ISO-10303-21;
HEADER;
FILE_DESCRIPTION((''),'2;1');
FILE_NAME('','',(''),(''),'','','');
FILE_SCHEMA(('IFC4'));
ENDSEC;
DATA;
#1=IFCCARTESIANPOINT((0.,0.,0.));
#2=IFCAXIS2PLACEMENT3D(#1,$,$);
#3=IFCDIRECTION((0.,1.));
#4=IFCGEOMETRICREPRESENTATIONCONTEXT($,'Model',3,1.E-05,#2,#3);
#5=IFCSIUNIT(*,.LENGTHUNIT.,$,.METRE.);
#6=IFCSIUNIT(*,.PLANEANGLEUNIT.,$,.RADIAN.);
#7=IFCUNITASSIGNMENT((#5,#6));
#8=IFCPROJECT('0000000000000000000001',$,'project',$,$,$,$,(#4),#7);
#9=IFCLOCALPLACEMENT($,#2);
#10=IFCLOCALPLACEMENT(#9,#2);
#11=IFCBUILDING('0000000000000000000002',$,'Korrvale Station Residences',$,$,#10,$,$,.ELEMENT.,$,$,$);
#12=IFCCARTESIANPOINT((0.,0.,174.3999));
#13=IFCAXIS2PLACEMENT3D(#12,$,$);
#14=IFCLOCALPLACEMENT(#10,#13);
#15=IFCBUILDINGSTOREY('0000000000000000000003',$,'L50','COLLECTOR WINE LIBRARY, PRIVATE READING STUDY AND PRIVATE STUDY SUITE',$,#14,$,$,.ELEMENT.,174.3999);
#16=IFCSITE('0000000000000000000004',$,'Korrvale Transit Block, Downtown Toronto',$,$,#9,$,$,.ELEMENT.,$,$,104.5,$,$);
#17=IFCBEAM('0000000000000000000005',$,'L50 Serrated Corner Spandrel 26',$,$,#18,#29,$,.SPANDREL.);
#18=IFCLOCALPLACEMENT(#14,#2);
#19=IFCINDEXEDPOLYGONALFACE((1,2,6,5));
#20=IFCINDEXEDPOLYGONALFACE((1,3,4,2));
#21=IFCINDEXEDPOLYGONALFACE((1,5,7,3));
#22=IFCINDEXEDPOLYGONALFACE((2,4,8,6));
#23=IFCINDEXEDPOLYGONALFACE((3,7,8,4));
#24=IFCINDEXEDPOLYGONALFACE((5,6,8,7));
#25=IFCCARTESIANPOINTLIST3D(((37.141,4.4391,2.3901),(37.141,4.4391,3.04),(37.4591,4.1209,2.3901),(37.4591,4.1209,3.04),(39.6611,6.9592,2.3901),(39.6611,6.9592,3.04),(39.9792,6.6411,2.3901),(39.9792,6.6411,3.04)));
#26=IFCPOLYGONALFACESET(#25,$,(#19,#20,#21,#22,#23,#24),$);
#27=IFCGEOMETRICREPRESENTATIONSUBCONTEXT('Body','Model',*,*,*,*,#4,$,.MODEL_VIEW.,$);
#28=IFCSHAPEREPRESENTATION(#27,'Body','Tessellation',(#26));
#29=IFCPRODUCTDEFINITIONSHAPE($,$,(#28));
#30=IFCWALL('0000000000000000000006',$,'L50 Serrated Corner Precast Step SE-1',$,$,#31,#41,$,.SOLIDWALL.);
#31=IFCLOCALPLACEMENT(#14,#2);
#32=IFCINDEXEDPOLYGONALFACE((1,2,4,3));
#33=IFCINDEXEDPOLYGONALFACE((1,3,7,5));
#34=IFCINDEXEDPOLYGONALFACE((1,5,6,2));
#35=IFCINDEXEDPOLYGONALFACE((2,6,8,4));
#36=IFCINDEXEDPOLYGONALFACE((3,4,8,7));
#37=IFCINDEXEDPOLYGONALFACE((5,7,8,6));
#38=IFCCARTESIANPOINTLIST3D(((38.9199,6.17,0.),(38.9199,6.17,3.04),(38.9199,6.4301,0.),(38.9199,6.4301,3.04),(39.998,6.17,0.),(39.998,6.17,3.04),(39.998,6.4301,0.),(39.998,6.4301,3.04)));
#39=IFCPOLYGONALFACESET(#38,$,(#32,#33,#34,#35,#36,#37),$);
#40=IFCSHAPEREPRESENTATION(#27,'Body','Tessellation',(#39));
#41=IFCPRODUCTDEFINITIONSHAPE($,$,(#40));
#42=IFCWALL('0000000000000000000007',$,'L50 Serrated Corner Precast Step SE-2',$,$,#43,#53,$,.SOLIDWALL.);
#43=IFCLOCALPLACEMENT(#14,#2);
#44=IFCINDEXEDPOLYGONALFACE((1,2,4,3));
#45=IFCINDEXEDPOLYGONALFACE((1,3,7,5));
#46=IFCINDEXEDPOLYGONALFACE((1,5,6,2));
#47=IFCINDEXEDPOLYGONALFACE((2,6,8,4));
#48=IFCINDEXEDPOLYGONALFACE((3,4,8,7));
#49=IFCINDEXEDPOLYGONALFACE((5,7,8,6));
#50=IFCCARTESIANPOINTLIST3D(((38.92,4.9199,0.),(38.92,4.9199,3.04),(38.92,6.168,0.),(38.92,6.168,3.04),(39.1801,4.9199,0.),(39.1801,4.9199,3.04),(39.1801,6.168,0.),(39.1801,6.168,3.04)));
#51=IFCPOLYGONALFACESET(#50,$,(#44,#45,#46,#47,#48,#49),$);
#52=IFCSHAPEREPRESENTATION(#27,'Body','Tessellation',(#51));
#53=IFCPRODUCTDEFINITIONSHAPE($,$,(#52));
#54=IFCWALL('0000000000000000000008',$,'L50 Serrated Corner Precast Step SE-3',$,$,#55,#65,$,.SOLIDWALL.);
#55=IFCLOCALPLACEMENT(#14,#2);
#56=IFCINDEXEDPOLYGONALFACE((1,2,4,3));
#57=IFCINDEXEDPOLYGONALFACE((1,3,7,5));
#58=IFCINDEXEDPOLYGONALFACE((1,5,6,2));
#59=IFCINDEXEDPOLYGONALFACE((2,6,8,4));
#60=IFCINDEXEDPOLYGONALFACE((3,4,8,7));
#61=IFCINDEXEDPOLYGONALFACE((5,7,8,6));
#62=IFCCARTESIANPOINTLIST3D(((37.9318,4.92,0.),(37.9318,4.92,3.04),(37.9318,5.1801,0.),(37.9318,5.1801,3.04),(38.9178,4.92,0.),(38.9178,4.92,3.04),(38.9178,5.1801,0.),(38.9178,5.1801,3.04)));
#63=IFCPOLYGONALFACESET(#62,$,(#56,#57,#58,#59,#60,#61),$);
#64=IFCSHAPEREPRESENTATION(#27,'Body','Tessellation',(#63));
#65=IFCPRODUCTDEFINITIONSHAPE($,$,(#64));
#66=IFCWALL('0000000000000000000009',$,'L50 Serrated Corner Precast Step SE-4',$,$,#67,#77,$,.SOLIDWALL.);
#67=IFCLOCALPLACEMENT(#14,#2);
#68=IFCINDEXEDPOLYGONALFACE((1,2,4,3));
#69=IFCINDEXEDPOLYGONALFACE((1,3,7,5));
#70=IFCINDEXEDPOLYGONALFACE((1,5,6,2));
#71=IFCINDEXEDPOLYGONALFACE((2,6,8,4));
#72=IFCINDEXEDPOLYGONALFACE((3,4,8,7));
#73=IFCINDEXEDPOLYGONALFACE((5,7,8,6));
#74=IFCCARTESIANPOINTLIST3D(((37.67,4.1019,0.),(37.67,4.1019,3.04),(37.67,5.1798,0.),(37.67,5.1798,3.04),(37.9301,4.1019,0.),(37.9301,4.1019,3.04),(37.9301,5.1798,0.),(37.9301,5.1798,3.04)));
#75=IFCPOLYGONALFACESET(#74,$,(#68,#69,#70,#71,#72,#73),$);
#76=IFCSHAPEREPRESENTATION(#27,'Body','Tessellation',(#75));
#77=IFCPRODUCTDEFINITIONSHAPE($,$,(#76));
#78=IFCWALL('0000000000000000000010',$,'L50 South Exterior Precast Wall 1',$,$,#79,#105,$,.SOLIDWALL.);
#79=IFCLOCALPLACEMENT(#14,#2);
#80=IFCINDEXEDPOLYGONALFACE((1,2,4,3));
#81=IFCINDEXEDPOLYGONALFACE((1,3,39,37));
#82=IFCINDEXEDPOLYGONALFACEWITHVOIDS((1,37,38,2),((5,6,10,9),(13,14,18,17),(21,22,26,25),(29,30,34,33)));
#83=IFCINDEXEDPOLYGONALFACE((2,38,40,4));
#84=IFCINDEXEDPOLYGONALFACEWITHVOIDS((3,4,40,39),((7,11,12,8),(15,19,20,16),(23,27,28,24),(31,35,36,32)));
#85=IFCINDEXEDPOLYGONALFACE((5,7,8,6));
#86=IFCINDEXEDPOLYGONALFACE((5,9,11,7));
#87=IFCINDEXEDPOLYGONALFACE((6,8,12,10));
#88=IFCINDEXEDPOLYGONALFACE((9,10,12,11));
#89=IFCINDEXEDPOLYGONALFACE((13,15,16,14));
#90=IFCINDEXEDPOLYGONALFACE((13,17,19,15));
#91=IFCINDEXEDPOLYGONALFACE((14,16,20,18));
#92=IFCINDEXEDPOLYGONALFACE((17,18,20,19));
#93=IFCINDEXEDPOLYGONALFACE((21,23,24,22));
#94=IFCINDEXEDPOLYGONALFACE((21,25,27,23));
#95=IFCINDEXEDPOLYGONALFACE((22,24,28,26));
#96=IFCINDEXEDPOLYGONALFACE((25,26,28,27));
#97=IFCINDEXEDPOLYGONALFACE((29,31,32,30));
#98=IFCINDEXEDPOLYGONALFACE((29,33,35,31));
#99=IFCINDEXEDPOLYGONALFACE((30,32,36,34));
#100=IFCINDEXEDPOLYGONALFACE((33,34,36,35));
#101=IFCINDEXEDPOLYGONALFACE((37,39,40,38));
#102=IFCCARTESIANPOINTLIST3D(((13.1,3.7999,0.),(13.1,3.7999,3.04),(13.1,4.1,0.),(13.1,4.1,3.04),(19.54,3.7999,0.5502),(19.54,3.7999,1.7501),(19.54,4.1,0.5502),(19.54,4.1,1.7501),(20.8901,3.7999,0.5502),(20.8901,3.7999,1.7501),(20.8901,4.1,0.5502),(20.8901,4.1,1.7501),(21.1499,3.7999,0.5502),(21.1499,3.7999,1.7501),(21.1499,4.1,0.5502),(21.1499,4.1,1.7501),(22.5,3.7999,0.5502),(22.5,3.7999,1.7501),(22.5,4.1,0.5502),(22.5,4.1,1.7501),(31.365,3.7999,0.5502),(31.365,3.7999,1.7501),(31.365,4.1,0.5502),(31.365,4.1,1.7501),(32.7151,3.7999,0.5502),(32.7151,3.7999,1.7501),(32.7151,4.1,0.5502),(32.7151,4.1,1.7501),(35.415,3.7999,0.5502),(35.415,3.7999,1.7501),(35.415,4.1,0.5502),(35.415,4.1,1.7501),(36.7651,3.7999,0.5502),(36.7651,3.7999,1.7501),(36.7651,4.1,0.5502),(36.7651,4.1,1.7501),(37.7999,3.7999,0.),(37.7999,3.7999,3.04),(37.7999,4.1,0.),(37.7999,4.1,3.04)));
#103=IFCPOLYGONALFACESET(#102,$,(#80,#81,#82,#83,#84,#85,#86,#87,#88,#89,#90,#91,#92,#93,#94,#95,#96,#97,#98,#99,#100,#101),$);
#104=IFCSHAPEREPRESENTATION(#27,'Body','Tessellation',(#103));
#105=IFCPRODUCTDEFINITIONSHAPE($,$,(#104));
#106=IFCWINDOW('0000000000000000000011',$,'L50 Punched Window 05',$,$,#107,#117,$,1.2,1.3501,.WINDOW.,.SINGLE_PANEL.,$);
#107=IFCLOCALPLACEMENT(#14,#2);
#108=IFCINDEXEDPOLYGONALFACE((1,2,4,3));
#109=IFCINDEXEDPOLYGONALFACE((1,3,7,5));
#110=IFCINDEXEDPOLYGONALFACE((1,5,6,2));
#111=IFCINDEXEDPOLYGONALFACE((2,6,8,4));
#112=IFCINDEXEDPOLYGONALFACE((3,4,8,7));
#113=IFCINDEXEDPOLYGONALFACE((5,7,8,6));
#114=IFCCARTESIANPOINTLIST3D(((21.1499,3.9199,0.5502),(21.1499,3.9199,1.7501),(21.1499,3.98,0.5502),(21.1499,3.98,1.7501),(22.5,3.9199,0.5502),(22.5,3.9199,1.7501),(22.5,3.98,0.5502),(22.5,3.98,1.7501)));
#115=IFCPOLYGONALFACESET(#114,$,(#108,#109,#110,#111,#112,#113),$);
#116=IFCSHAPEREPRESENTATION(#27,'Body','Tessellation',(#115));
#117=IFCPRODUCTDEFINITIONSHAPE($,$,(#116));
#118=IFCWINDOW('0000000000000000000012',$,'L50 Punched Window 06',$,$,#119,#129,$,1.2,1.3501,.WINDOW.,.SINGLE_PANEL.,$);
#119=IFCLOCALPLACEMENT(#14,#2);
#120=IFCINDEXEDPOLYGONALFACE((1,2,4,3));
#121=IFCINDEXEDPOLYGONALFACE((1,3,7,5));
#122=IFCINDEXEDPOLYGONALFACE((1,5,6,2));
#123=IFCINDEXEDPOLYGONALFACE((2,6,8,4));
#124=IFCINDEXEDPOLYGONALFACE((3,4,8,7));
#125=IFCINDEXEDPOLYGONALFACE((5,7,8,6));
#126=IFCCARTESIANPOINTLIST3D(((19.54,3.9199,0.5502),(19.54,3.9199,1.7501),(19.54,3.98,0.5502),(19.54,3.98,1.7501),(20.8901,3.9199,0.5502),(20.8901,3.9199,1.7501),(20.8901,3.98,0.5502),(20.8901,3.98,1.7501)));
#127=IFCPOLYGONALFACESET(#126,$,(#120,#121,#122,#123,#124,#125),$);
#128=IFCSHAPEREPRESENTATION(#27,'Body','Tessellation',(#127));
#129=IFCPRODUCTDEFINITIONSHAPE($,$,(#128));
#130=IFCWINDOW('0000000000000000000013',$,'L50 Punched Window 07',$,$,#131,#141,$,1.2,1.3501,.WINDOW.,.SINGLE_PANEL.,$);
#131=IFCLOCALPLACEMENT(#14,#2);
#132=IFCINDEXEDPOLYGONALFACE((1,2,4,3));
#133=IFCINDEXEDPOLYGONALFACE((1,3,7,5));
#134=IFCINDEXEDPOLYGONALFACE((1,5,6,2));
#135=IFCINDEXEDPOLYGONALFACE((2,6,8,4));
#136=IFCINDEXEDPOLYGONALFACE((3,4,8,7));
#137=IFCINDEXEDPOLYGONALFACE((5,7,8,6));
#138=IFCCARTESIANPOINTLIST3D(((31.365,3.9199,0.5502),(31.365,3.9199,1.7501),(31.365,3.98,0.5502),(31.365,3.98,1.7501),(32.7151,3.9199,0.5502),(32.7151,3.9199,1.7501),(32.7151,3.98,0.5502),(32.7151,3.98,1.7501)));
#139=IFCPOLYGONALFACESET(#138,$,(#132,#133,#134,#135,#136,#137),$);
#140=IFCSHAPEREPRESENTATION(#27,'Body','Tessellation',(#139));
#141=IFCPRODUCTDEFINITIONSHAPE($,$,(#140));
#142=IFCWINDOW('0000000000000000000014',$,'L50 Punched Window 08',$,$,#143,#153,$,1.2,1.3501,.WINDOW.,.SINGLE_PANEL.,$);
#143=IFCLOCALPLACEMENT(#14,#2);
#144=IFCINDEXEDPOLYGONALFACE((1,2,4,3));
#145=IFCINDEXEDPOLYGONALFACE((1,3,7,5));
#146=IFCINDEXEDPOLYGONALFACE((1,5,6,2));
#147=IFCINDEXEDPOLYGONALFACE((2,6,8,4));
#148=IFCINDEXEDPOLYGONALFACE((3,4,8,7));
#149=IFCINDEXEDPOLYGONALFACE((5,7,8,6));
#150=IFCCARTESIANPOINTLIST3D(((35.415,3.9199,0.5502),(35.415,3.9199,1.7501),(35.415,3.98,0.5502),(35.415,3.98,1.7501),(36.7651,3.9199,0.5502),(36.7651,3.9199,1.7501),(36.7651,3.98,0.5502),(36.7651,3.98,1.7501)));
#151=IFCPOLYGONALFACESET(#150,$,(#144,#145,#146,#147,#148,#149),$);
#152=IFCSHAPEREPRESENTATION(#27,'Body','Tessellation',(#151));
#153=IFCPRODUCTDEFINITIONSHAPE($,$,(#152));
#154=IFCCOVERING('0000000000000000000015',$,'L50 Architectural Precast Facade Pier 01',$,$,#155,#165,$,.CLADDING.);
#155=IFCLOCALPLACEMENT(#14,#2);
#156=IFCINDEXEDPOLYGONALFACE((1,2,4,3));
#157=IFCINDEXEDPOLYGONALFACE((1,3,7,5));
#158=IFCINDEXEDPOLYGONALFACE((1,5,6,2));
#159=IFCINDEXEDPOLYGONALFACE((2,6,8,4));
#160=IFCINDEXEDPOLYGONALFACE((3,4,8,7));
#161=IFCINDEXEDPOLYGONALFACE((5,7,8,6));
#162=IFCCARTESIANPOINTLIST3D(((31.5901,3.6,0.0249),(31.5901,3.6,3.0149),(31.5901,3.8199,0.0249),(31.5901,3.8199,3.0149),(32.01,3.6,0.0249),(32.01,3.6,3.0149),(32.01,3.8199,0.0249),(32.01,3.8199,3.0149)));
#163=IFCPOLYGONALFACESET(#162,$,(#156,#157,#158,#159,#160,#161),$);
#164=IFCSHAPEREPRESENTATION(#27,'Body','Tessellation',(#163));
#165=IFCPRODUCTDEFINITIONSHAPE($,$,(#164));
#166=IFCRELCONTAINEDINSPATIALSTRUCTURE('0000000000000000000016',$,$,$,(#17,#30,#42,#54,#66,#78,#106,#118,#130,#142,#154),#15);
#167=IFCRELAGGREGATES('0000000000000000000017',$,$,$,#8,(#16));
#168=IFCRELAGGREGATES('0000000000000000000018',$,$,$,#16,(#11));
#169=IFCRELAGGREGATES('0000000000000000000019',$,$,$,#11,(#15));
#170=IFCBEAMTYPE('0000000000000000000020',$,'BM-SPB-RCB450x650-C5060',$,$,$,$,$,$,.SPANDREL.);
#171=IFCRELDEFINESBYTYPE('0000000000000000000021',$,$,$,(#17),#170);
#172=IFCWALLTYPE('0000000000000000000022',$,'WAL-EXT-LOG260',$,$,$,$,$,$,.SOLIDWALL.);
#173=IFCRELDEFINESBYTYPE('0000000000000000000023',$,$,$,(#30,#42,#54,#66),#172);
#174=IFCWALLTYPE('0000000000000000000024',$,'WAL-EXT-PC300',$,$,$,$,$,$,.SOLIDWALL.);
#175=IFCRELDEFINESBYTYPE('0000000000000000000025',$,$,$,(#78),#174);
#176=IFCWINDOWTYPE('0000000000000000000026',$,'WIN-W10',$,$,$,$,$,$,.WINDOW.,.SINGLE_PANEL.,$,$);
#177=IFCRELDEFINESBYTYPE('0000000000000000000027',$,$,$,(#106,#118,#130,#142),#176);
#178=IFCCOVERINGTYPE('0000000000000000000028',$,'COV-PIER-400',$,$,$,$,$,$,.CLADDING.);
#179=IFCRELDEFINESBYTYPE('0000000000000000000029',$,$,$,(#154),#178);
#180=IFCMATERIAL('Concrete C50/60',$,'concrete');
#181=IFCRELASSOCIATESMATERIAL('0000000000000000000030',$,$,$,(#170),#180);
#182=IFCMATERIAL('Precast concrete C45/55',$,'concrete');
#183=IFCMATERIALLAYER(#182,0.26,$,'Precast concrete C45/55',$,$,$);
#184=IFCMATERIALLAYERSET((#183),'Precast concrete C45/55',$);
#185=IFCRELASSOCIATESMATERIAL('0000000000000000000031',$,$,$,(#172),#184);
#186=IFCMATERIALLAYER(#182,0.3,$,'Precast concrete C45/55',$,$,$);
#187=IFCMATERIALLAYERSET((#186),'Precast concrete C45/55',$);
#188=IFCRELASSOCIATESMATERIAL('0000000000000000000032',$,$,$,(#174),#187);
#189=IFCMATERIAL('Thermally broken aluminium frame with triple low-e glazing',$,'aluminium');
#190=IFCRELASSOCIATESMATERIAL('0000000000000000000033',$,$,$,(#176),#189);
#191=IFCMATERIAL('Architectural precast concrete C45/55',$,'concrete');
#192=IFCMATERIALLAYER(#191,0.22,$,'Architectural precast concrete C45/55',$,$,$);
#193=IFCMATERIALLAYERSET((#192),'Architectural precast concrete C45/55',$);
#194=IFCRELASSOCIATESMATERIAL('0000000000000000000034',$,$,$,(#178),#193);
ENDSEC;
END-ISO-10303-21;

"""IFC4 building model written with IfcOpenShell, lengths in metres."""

from ifc_helpers import new_model, si_unit, direction, frame, frame_2d, origin, origin_2d, place, context, subcontext, project, spatial, rectangle, extrude, material, layer, layer_set, material_profile, profile_set, type_object, element, fill, save


model = new_model("IFC4")

# Units and contexts
model_context = context("Model", 3, precision=1e-05, world=origin(), true_north=direction((0.0, 1.0)))
body_context = subcontext(model_context, "Body", "Model", "MODEL_VIEW")
ifc_project = project(units=[si_unit("LENGTHUNIT", "METRE"), si_unit("PLANEANGLEUNIT", "RADIAN")], contexts=[model_context])

# Site, building, storey
site_placement = place(None, origin())
site = spatial("IfcSite", under=ifc_project, at=site_placement, Name="Korrvale Transit Block, Downtown Toronto", CompositionType="ELEMENT", RefElevation=104.5)
building_placement = place(site_placement, origin())
building = spatial("IfcBuilding", under=site, at=building_placement, Name="Korrvale Station Residences", CompositionType="ELEMENT")
storey_placement = place(building_placement, frame((0.0, 0.0, 174.3999)))
storey = spatial("IfcBuildingStorey", under=building, at=storey_placement, Name="L50", Description="COLLECTOR WINE LIBRARY, PRIVATE READING STUDY AND PRIVATE STUDY SUITE", CompositionType="ELEMENT", Elevation=174.3999)

# Shared definitions
ifc_material_1 = material(Name="Concrete C50/60", Category="concrete")

# Beam
ifc_material_profile_1 = material_profile(ifc_material_1, rectangle(XDim=0.45, YDim=0.6499, at=origin_2d()), Name="RCB450x650")
ifc_profile_set_1 = profile_set([ifc_material_profile_1], Name="Concrete C50/60")
beam_type_1 = type_object("IfcBeamType", Name="BM-SPB-RCB450x650-C5060", PredefinedType="SPANDREL", material=ifc_profile_set_1)
beam_1_placement = place(storey_placement, frame((37.3, 4.28, 2.7151), z_axis=(0.707107, 0.707107, 0.0), x_axis=(-0.707107, 0.707107, 0.0)))
element("IfcBeam", 1, at=beam_1_placement, inside=storey, type_object=beam_type_1, Name="L50 Serrated Corner Spandrel 26", PredefinedType="SPANDREL", context=body_context, shape_type="SweptSolid", body=[
    extrude(rectangle(XDim=0.45, YDim=0.6499, at=origin_2d()), origin(), (0.0, 0.0, 1.0), 3.564),
])

# Walls
ifc_material_2 = material(Name="Precast concrete C45/55", Category="concrete")
ifc_layer_1 = layer(ifc_material_2, 0.26, Name="Precast concrete C45/55")
ifc_layer_set_1 = layer_set([ifc_layer_1], Name="Precast concrete C45/55")
wall_type_1 = type_object("IfcWallType", Name="WAL-EXT-LOG260", PredefinedType="SOLIDWALL", material=ifc_layer_set_1)
wall_1_placement = place(storey_placement, frame((39.998, 6.3, 0.0), z_axis=(0.0, 0.0, 1.0), x_axis=(-1.0, 0.0, 0.0)))
element("IfcWall", 2, at=wall_1_placement, inside=storey, type_object=wall_type_1, Name="L50 Serrated Corner Precast Step SE-1", PredefinedType="SOLIDWALL", context=body_context, shape_type="SweptSolid", body=[
    extrude(rectangle(XDim=1.0781, YDim=0.26, at=frame_2d((0.5391, 0.0))), origin(), (0.0, 0.0, 1.0), 3.04),
])
wall_2_placement = place(storey_placement, frame((39.05, 6.168, 0.0), z_axis=(0.0, 0.0, 1.0), x_axis=(0.0, -1.0, 0.0)))
element("IfcWall", 3, at=wall_2_placement, inside=storey, type_object=wall_type_1, Name="L50 Serrated Corner Precast Step SE-2", PredefinedType="SOLIDWALL", context=body_context, shape_type="SweptSolid", body=[
    extrude(rectangle(XDim=1.248, YDim=0.26, at=frame_2d((0.624, 0.0))), origin(), (0.0, 0.0, 1.0), 3.04),
])
wall_3_placement = place(storey_placement, frame((38.918, 5.05, 0.0), z_axis=(0.0, 0.0, 1.0), x_axis=(-1.0, 0.0, 0.0)))
element("IfcWall", 4, at=wall_3_placement, inside=storey, type_object=wall_type_1, Name="L50 Serrated Corner Precast Step SE-3", PredefinedType="SOLIDWALL", context=body_context, shape_type="SweptSolid", body=[
    extrude(rectangle(XDim=0.9861, YDim=0.26, at=frame_2d((0.4932, 0.0))), origin(), (0.0, 0.0, 1.0), 3.04),
])
wall_4_placement = place(storey_placement, frame((37.8, 5.1799, 0.0), z_axis=(0.0, 0.0, 1.0), x_axis=(0.0, -1.0, 0.0)))
element("IfcWall", 5, at=wall_4_placement, inside=storey, type_object=wall_type_1, Name="L50 Serrated Corner Precast Step SE-4", PredefinedType="SOLIDWALL", context=body_context, shape_type="SweptSolid", body=[
    extrude(rectangle(XDim=1.0779, YDim=0.26, at=frame_2d((0.5391, 0.0))), origin(), (0.0, 0.0, 1.0), 3.04),
])

# Wall, openings, windows
ifc_layer_2 = layer(ifc_material_2, 0.3, Name="Precast concrete C45/55")
ifc_layer_set_2 = layer_set([ifc_layer_2], Name="Precast concrete C45/55")
wall_type_2 = type_object("IfcWallType", Name="WAL-EXT-PC300", PredefinedType="SOLIDWALL", material=ifc_layer_set_2)
wall_5_placement = place(storey_placement, frame((37.8, 3.95, 0.0), z_axis=(0.0, 0.0, 1.0), x_axis=(-1.0, 0.0, 0.0)))
wall_5 = element("IfcWall", 6, at=wall_5_placement, inside=storey, type_object=wall_type_2, Name="L50 South Exterior Precast Wall 1", PredefinedType="SOLIDWALL", context=body_context, shape_type="SweptSolid", body=[
    extrude(rectangle(XDim=24.7, YDim=0.3, at=frame_2d((12.3501, 0.0))), origin(), (0.0, 0.0, 1.0), 3.04),
])
opening_1_placement = place(wall_5_placement, frame((15.3, 0.0, 0.55)))
opening_1 = element("IfcOpeningElement", 7, at=opening_1_placement, cuts=wall_5, PredefinedType="OPENING", context=body_context, shape_type="SweptSolid", body=[
    extrude(rectangle(XDim=1.3501, YDim=1.2, at=frame_2d((0.675, 0.6001))), frame((0.0, 0.1602, 0.0), z_axis=(0.0, -1.0, 0.0), x_axis=(1.0, 0.0, 0.0)), (0.0, 0.0, 1.0), 0.3201),
])
opening_2_placement = place(wall_5_placement, frame((16.9099, 0.0, 0.55)))
opening_2 = element("IfcOpeningElement", 8, at=opening_2_placement, cuts=wall_5, PredefinedType="OPENING", context=body_context, shape_type="SweptSolid", body=[
    extrude(rectangle(XDim=1.3501, YDim=1.2, at=frame_2d((0.675, 0.6001))), frame((0.0, 0.1602, 0.0), z_axis=(0.0, -1.0, 0.0), x_axis=(1.0, 0.0, 0.0)), (0.0, 0.0, 1.0), 0.3201),
])
opening_3_placement = place(wall_5_placement, frame((5.085, 0.0, 0.55)))
opening_3 = element("IfcOpeningElement", 9, at=opening_3_placement, cuts=wall_5, PredefinedType="OPENING", context=body_context, shape_type="SweptSolid", body=[
    extrude(rectangle(XDim=1.3501, YDim=1.2, at=frame_2d((0.675, 0.6001))), frame((0.0, 0.1602, 0.0), z_axis=(0.0, -1.0, 0.0), x_axis=(1.0, 0.0, 0.0)), (0.0, 0.0, 1.0), 0.3201),
])
opening_4_placement = place(wall_5_placement, frame((1.0349, 0.0, 0.55)))
opening_4 = element("IfcOpeningElement", 10, at=opening_4_placement, cuts=wall_5, PredefinedType="OPENING", context=body_context, shape_type="SweptSolid", body=[
    extrude(rectangle(XDim=1.3501, YDim=1.2, at=frame_2d((0.675, 0.6001))), frame((0.0, 0.1602, 0.0), z_axis=(0.0, -1.0, 0.0), x_axis=(1.0, 0.0, 0.0)), (0.0, 0.0, 1.0), 0.3201),
])
ifc_material_3 = material(Name="Thermally broken aluminium frame with triple low-e glazing", Category="aluminium")
window_type = type_object("IfcWindowType", Name="WIN-W10", PartitioningType="SINGLE_PANEL", PredefinedType="WINDOW", material=ifc_material_3)
window_1_placement = place(opening_1_placement, origin())
window_1 = element("IfcWindow", 11, at=window_1_placement, inside=storey, type_object=window_type, Name="L50 Punched Window 05", OverallHeight=1.2, OverallWidth=1.3501, PartitioningType="SINGLE_PANEL", PredefinedType="WINDOW", context=body_context, shape_type="SweptSolid", body=[
    extrude(rectangle(XDim=1.3501, YDim=1.2, at=frame_2d((0.675, 0.6001))), frame((0.0, 0.03, 0.0), z_axis=(0.0, -1.0, 0.0), x_axis=(1.0, 0.0, 0.0)), (0.0, 0.0, 1.0), 0.0601),
])
fill(opening_1, window_1)
window_2_placement = place(opening_2_placement, origin())
window_2 = element("IfcWindow", 12, at=window_2_placement, inside=storey, type_object=window_type, Name="L50 Punched Window 06", OverallHeight=1.2, OverallWidth=1.3501, PartitioningType="SINGLE_PANEL", PredefinedType="WINDOW", context=body_context, shape_type="SweptSolid", body=[
    extrude(rectangle(XDim=1.3501, YDim=1.2, at=frame_2d((0.675, 0.6001))), frame((0.0, 0.03, 0.0), z_axis=(0.0, -1.0, 0.0), x_axis=(1.0, 0.0, 0.0)), (0.0, 0.0, 1.0), 0.0601),
])
fill(opening_2, window_2)
window_3_placement = place(opening_3_placement, origin())
window_3 = element("IfcWindow", 13, at=window_3_placement, inside=storey, type_object=window_type, Name="L50 Punched Window 07", OverallHeight=1.2, OverallWidth=1.3501, PartitioningType="SINGLE_PANEL", PredefinedType="WINDOW", context=body_context, shape_type="SweptSolid", body=[
    extrude(rectangle(XDim=1.3501, YDim=1.2, at=frame_2d((0.675, 0.6001))), frame((0.0, 0.03, 0.0), z_axis=(0.0, -1.0, 0.0), x_axis=(1.0, 0.0, 0.0)), (0.0, 0.0, 1.0), 0.0601),
])
fill(opening_3, window_3)
window_4_placement = place(opening_4_placement, origin())
window_4 = element("IfcWindow", 14, at=window_4_placement, inside=storey, type_object=window_type, Name="L50 Punched Window 08", OverallHeight=1.2, OverallWidth=1.3501, PartitioningType="SINGLE_PANEL", PredefinedType="WINDOW", context=body_context, shape_type="SweptSolid", body=[
    extrude(rectangle(XDim=1.3501, YDim=1.2, at=frame_2d((0.675, 0.6001))), frame((0.0, 0.03, 0.0), z_axis=(0.0, -1.0, 0.0), x_axis=(1.0, 0.0, 0.0)), (0.0, 0.0, 1.0), 0.0601),
])
fill(opening_4, window_4)

# Covering
ifc_material_4 = material(Name="Architectural precast concrete C45/55", Category="concrete")
ifc_layer_3 = layer(ifc_material_4, 0.22, Name="Architectural precast concrete C45/55")
ifc_layer_set_3 = layer_set([ifc_layer_3], Name="Architectural precast concrete C45/55")
covering_type = type_object("IfcCoveringType", Name="COV-PIER-400", PredefinedType="CLADDING", material=ifc_layer_set_3)
for number, where, z_axis, x_axis, name in (
    (15, (31.8, 3.71, 0.0249), (0.0, 0.0, 1.0), (1.0, 0.0, 0.0), "L50 Architectural Precast Facade Pier 01"),
):
    element("IfcCovering", number, at=place(storey_placement, frame(where, z_axis=z_axis, x_axis=x_axis)), inside=storey, type_object=covering_type, Name=name, PredefinedType="CLADDING", context=body_context, shape_type="SweptSolid", body=[
        extrude(rectangle(XDim=0.4199, YDim=0.22, at=origin_2d()), origin(), (0.0, 0.0, 1.0), 2.99),
    ])

save(model, "model.ifc")
